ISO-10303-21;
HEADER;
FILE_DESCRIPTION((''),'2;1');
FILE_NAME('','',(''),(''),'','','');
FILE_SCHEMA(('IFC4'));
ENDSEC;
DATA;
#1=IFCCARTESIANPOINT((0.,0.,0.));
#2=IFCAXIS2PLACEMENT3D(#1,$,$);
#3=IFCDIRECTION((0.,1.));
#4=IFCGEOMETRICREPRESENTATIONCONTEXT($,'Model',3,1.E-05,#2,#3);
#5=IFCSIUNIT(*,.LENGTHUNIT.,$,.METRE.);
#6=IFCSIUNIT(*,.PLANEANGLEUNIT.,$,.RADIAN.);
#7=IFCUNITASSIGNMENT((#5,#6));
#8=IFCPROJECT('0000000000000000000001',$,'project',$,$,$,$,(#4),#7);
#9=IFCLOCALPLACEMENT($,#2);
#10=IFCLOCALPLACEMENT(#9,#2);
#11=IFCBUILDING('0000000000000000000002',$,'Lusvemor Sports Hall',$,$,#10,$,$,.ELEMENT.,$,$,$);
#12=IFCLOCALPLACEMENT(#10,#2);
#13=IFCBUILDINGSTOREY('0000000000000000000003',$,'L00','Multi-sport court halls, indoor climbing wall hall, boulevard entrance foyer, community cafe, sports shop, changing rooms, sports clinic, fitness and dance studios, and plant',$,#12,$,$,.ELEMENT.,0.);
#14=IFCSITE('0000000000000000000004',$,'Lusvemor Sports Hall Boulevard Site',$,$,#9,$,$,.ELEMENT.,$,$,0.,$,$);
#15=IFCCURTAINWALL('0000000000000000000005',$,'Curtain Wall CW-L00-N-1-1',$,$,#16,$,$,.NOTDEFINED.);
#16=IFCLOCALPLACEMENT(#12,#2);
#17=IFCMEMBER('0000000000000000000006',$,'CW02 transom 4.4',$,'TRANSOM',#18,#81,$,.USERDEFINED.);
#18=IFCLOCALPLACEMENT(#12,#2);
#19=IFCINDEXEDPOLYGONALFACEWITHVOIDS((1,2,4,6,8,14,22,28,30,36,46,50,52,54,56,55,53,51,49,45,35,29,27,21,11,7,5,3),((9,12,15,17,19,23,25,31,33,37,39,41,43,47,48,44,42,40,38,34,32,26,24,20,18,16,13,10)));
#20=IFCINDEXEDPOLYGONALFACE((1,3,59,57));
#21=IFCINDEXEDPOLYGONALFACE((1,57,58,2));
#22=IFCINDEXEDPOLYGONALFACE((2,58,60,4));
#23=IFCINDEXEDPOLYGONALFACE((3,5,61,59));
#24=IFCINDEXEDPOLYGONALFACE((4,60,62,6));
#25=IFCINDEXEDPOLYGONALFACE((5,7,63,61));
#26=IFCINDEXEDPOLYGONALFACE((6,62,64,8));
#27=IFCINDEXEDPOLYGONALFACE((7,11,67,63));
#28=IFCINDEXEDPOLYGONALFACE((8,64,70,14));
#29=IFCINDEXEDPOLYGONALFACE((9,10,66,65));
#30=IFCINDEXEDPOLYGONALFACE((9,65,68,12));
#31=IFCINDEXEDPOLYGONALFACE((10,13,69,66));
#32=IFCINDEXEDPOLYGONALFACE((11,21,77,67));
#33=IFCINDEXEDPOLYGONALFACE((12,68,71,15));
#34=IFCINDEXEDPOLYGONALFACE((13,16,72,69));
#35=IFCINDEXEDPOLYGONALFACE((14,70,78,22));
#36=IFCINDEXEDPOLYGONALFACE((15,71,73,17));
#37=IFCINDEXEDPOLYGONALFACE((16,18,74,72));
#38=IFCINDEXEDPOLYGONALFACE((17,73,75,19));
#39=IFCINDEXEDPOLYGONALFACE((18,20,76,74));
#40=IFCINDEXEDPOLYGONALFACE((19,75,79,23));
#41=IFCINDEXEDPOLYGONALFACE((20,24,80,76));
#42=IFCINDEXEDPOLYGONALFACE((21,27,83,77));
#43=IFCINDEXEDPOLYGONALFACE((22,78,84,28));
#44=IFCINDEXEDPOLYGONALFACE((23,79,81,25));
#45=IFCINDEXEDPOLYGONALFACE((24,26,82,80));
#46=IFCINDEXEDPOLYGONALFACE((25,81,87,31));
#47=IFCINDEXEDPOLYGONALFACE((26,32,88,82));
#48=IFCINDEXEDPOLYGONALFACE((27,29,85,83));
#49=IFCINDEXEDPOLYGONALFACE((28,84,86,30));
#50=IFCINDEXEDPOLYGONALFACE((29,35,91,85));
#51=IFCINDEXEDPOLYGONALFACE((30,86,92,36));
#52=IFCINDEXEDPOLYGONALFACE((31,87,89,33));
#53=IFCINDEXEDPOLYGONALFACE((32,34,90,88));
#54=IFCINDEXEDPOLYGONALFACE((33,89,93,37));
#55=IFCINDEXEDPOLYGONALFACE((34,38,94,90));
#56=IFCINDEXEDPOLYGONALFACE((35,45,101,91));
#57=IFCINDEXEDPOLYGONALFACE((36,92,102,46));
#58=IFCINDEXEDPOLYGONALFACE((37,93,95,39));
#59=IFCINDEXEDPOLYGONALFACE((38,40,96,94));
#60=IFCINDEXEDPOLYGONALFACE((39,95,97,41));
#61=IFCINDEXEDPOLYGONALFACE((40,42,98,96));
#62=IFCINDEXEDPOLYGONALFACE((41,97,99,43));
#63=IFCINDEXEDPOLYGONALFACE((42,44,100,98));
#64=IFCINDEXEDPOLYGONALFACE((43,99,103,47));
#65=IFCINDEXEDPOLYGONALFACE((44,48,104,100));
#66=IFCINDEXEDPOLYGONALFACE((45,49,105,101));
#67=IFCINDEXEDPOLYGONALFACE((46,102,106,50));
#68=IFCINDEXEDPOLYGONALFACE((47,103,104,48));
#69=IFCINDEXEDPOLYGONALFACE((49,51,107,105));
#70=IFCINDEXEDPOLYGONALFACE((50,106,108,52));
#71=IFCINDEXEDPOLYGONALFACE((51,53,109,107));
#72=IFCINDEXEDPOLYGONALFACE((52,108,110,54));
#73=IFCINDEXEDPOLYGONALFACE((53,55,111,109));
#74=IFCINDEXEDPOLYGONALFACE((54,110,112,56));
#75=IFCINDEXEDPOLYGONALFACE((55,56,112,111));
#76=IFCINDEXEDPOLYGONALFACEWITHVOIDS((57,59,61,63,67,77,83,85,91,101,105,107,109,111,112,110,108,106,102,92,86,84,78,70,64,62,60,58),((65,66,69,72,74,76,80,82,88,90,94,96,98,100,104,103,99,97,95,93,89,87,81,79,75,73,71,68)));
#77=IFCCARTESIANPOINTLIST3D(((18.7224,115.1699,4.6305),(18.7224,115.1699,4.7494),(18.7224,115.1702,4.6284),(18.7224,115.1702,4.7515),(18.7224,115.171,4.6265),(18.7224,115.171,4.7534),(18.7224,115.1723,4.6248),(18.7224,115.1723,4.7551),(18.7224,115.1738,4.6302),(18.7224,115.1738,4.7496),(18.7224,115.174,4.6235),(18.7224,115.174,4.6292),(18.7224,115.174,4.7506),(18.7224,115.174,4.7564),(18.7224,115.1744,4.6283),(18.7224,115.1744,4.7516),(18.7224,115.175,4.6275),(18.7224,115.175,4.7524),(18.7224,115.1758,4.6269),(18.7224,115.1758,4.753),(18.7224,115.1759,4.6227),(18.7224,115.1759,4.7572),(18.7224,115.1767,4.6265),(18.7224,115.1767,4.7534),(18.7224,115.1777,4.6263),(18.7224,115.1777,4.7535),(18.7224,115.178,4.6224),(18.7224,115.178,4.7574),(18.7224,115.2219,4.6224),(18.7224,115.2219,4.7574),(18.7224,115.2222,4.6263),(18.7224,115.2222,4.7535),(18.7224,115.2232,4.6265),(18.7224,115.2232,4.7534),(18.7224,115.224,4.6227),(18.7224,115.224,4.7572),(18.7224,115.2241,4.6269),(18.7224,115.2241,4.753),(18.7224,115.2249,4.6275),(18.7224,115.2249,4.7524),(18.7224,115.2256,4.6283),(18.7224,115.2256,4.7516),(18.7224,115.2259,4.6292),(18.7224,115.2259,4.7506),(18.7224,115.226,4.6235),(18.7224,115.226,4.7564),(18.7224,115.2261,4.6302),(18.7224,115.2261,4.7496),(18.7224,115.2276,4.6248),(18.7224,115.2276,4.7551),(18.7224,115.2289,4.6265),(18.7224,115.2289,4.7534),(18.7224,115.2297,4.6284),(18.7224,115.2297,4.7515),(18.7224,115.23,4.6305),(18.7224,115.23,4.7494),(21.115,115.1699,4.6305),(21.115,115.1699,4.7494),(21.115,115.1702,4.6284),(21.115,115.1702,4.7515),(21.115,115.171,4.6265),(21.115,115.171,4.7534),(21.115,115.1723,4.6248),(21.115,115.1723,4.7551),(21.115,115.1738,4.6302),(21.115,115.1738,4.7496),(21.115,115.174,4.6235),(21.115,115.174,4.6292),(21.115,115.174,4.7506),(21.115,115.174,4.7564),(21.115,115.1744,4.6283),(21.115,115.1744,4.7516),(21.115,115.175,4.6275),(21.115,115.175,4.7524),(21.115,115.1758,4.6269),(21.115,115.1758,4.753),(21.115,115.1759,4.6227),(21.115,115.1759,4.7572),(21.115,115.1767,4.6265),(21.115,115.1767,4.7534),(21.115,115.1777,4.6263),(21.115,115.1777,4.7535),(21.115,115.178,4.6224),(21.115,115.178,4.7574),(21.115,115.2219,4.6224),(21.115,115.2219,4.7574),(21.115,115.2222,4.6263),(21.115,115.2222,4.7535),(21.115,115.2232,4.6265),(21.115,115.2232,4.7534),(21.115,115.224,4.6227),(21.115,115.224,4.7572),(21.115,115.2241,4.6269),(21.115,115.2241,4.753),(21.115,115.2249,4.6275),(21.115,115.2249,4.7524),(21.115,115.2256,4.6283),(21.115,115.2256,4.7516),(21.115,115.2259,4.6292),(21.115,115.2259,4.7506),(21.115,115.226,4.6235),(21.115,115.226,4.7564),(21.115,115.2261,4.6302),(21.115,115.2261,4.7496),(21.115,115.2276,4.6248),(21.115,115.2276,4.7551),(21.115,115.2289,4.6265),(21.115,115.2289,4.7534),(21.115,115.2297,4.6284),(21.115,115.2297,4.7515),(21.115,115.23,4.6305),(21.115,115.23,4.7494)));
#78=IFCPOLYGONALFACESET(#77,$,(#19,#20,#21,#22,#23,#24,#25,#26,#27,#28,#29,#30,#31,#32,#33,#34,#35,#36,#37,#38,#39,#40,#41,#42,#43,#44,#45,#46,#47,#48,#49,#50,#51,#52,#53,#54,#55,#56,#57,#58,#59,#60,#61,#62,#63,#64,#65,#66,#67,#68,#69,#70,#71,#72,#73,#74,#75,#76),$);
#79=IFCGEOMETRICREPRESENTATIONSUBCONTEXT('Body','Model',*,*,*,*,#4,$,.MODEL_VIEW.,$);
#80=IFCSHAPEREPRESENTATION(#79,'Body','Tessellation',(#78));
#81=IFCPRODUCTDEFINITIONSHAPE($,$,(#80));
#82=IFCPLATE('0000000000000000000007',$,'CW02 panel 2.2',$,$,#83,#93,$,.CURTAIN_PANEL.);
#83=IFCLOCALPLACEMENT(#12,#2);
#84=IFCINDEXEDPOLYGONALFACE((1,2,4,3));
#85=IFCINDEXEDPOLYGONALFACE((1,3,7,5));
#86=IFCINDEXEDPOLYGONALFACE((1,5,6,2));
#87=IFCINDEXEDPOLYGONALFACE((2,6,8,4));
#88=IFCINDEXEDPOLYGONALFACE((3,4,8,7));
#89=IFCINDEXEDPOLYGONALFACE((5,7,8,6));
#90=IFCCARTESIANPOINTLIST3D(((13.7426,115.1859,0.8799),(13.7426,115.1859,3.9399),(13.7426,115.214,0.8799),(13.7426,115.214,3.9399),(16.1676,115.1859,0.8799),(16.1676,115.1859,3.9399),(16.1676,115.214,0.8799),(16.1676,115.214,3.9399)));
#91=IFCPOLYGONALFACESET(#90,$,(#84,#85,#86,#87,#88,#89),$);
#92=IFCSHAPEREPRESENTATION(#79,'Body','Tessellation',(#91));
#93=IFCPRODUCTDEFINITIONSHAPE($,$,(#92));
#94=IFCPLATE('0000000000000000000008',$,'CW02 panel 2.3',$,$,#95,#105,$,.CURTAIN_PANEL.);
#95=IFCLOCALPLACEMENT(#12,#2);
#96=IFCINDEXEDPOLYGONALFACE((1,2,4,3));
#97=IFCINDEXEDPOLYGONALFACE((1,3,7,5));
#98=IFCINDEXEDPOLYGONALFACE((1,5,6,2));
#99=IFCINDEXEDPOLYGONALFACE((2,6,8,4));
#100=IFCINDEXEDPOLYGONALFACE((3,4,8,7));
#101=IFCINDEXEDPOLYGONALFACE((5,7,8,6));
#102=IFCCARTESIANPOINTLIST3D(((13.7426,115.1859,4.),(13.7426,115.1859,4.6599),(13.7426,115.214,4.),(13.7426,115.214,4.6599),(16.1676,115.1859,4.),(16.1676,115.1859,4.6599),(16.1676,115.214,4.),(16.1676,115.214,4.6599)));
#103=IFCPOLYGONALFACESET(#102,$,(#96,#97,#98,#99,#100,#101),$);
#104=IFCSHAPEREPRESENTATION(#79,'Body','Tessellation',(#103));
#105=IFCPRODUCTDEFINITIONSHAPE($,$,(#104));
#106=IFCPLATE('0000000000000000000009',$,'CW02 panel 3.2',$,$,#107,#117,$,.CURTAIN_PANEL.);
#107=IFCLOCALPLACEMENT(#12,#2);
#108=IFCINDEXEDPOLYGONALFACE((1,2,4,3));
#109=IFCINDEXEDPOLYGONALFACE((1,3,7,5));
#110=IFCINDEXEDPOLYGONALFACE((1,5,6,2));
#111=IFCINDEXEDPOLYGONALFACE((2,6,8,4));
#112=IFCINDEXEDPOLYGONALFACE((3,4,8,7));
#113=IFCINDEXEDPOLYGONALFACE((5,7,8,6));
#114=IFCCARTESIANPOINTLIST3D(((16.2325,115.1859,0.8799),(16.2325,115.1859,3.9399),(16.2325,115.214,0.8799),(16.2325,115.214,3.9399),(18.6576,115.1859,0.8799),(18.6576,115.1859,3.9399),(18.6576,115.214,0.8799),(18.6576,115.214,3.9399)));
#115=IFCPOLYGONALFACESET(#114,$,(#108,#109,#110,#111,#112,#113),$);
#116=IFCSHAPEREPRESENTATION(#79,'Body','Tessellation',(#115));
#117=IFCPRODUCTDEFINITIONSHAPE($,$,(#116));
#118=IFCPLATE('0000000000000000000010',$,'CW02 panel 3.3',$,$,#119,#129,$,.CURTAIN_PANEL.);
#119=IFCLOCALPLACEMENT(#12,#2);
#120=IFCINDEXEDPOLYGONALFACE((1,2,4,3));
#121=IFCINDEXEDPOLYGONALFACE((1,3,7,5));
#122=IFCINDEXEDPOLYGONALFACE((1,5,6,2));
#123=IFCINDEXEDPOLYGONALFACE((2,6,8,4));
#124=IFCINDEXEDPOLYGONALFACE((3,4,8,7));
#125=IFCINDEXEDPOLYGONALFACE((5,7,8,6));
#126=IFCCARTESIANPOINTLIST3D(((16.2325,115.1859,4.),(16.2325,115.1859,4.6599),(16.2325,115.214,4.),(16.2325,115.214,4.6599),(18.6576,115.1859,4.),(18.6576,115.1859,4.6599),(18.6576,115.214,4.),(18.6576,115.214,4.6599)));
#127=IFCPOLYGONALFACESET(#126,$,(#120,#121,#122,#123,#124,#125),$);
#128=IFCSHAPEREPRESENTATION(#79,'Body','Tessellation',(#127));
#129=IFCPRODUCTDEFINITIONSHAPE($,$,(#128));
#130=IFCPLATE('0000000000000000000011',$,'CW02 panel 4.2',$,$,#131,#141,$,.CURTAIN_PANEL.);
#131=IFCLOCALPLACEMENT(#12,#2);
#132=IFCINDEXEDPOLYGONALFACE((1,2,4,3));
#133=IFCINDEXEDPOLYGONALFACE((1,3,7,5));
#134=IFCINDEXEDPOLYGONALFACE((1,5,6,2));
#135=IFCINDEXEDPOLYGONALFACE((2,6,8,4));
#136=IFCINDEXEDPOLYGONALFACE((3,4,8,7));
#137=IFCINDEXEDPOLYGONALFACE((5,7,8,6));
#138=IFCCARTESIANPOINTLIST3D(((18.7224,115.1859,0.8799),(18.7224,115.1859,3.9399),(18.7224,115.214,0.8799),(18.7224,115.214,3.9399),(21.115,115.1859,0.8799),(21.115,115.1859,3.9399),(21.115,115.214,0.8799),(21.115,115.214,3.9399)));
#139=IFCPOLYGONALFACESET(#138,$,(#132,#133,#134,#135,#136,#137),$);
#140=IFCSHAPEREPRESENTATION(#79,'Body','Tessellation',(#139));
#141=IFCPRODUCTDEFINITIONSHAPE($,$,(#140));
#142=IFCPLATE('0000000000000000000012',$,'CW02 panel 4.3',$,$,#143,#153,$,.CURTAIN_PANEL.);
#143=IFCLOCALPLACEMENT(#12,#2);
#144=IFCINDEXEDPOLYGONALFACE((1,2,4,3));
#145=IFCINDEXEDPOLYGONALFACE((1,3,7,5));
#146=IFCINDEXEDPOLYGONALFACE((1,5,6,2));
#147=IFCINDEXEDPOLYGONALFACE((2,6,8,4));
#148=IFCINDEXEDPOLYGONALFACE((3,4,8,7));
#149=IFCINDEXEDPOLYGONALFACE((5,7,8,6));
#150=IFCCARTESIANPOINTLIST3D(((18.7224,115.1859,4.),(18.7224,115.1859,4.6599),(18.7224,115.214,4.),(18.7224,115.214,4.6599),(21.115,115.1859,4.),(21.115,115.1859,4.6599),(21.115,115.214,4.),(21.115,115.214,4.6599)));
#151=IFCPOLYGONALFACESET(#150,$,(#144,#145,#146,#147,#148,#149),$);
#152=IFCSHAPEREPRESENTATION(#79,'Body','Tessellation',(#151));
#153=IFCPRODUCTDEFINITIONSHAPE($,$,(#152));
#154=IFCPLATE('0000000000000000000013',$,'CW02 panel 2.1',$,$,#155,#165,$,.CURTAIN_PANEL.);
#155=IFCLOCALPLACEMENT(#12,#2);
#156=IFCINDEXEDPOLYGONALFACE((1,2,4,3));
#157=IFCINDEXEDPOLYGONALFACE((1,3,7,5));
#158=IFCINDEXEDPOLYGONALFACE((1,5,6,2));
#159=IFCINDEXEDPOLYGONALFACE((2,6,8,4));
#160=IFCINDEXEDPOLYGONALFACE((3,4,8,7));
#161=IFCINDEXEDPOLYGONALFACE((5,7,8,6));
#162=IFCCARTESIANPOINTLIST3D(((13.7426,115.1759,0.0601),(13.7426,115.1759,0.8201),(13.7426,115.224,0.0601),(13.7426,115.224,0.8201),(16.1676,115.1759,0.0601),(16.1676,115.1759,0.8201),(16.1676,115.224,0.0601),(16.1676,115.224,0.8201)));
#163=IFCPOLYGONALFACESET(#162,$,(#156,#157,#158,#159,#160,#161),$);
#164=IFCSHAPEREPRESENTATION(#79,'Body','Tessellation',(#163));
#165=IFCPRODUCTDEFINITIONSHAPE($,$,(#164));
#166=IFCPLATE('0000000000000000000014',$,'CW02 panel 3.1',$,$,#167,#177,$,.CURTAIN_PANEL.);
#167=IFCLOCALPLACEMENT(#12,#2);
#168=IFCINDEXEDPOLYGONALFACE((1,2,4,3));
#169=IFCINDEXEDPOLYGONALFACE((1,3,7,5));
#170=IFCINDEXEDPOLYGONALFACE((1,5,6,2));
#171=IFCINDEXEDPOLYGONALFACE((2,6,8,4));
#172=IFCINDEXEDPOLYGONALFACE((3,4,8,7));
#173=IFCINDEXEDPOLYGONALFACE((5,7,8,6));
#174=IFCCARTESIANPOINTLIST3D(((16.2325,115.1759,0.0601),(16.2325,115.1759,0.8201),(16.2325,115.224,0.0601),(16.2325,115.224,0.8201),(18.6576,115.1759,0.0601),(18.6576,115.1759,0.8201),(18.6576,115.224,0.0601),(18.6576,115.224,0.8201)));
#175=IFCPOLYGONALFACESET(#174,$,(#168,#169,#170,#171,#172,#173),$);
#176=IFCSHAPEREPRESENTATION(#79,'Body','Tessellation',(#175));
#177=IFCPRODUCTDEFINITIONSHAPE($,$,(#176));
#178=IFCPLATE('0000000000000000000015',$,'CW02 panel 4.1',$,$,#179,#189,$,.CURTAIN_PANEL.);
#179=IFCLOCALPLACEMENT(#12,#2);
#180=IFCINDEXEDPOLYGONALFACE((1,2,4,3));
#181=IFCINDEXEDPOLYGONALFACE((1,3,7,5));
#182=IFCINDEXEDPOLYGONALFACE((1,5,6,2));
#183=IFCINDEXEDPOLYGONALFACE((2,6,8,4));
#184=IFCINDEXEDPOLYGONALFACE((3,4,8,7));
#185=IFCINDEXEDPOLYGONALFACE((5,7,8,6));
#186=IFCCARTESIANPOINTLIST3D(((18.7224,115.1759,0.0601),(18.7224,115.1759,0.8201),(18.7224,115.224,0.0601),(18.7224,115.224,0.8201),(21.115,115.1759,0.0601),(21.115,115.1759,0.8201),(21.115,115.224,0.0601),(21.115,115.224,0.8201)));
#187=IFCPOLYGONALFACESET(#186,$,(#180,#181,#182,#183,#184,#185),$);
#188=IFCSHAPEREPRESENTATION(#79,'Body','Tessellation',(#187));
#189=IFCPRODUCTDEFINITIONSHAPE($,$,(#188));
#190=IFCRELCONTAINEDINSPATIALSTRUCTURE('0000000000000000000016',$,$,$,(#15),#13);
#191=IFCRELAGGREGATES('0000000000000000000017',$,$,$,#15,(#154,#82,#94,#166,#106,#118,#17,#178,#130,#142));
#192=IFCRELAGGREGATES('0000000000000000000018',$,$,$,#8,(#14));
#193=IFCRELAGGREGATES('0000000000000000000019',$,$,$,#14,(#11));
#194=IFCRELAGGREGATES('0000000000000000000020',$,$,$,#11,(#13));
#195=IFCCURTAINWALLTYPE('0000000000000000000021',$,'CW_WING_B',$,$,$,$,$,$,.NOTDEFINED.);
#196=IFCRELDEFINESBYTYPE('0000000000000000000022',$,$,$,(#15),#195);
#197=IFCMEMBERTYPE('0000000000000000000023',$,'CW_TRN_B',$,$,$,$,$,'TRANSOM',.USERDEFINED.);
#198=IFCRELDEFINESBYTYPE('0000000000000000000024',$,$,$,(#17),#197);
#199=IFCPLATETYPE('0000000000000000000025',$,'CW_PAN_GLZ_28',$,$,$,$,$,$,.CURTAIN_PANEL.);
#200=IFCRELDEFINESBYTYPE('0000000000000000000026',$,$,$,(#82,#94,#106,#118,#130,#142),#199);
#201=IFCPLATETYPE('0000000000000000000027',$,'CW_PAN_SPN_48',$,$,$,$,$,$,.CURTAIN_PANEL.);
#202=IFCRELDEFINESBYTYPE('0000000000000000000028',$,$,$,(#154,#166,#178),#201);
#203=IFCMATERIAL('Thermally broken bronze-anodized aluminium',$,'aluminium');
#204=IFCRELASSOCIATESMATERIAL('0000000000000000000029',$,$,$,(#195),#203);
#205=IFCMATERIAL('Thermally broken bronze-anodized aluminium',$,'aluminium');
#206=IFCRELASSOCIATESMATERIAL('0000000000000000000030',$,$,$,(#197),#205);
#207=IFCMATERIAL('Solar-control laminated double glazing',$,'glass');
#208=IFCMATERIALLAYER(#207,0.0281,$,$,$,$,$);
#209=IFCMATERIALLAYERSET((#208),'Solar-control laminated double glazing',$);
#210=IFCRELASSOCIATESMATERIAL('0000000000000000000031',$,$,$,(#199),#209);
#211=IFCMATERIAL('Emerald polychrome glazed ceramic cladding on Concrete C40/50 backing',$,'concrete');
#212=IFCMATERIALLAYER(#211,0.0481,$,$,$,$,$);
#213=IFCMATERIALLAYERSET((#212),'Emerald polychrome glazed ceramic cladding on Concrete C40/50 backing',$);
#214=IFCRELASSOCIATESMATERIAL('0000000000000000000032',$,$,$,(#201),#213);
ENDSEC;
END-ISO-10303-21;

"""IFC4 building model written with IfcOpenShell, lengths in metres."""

from ifc_helpers import new_model, si_unit, direction, frame, origin, origin_2d, place, context, subcontext, project, spatial, rectangle, hollow_rectangle, extrude, material, layer, layer_set, material_profile, profile_set, type_object, element, aggregate, save


model = new_model("IFC4")

# Units and contexts
model_context = context("Model", 3, precision=1e-05, world=origin(), true_north=direction((0.0, 1.0)))
body_context = subcontext(model_context, "Body", "Model", "MODEL_VIEW")
ifc_project = project(units=[si_unit("LENGTHUNIT", "METRE"), si_unit("PLANEANGLEUNIT", "RADIAN")], contexts=[model_context])

# Site, building, storey
site_placement = place(None, origin())
site = spatial("IfcSite", under=ifc_project, at=site_placement, Name="Lusvemor Sports Hall Boulevard Site", CompositionType="ELEMENT", RefElevation=0.0)
building_placement = place(site_placement, origin())
building = spatial("IfcBuilding", under=site, at=building_placement, Name="Lusvemor Sports Hall", CompositionType="ELEMENT")
storey_placement = place(building_placement, origin())
storey = spatial("IfcBuildingStorey", under=building, at=storey_placement, Name="L00", Description="Multi-sport court halls, indoor climbing wall hall, boulevard entrance foyer, community cafe, sports shop, changing rooms, sports clinic, fitness and dance studios, and plant", CompositionType="ELEMENT", Elevation=0.0)

# Curtain wall, member, plates
ifc_material_1 = material(Name="Thermally broken bronze-anodized aluminium", Category="aluminium")
curtain_wall_type = type_object("IfcCurtainWallType", Name="CW_WING_B", PredefinedType="NOTDEFINED", material=ifc_material_1)
curtain_wall_placement = place(storey_placement, origin())
curtain_wall = element("IfcCurtainWall", 1, at=curtain_wall_placement, inside=storey, type_object=curtain_wall_type, Name="Curtain Wall CW-L00-N-1-1", PredefinedType="NOTDEFINED")
ifc_material_2 = material(Name="Thermally broken bronze-anodized aluminium", Category="aluminium")
ifc_material_profile_1 = material_profile(ifc_material_2, hollow_rectangle(XDim=0.0601, YDim=0.135, WallThickness=0.0039, InnerFilletRadius=0.0039, OuterFilletRadius=0.0081, at=origin_2d()), Name="CWTRN135x60x4")
ifc_profile_set_1 = profile_set([ifc_material_profile_1], Name="Thermally broken bronze-anodized aluminium")
member_type_1 = type_object("IfcMemberType", Name="CW_TRN_B", ElementType="TRANSOM", PredefinedType="USERDEFINED", material=ifc_profile_set_1)
member_1_placement = place(storey_placement, frame((18.7224, 115.2, 4.6899), z_axis=(1.0, 0.0, 0.0), x_axis=(0.0, 1.0, 0.0)))
member_1 = element("IfcMember", 2, at=member_1_placement, type_object=member_type_1, Name="CW02 transom 4.4", ObjectType="TRANSOM", PredefinedType="USERDEFINED", context=body_context, shape_type="SweptSolid", body=[
    extrude(hollow_rectangle(XDim=0.0601, YDim=0.135, WallThickness=0.0039, InnerFilletRadius=0.0039, OuterFilletRadius=0.0081, at=origin_2d()), origin(), (0.0, 0.0, 1.0), 2.3926),
])
ifc_material_3 = material(Name="Solar-control laminated double glazing", Category="glass")
ifc_layer_1 = layer(ifc_material_3, 0.0281)
ifc_layer_set_1 = layer_set([ifc_layer_1], Name="Solar-control laminated double glazing")
plate_type_1 = type_object("IfcPlateType", Name="CW_PAN_GLZ_28", PredefinedType="CURTAIN_PANEL", material=ifc_layer_set_1)
plate_1_placement = place(storey_placement, frame((14.9551, 115.2, 0.8799), z_axis=(0.0, 0.0, 1.0), x_axis=(1.0, 0.0, 0.0)))
plate_1 = element("IfcPlate", 3, at=plate_1_placement, type_object=plate_type_1, Name="CW02 panel 2.2", PredefinedType="CURTAIN_PANEL", context=body_context, shape_type="SweptSolid", body=[
    extrude(rectangle(XDim=2.425, YDim=0.0281, at=origin_2d()), origin(), (0.0, 0.0, 1.0), 3.0601),
])
plate_2_placement = place(storey_placement, frame((14.9551, 115.2, 4.0), z_axis=(0.0, 0.0, 1.0), x_axis=(1.0, 0.0, 0.0)))
plate_2 = element("IfcPlate", 4, at=plate_2_placement, type_object=plate_type_1, Name="CW02 panel 2.3", PredefinedType="CURTAIN_PANEL", context=body_context, shape_type="SweptSolid", body=[
    extrude(rectangle(XDim=2.425, YDim=0.0281, at=origin_2d()), origin(), (0.0, 0.0, 1.0), 0.6599),
])
plate_3_placement = place(storey_placement, frame((17.4451, 115.2, 0.8799), z_axis=(0.0, 0.0, 1.0), x_axis=(1.0, 0.0, 0.0)))
plate_3 = element("IfcPlate", 5, at=plate_3_placement, type_object=plate_type_1, Name="CW02 panel 3.2", PredefinedType="CURTAIN_PANEL", context=body_context, shape_type="SweptSolid", body=[
    extrude(rectangle(XDim=2.425, YDim=0.0281, at=origin_2d()), origin(), (0.0, 0.0, 1.0), 3.0601),
])
plate_4_placement = place(storey_placement, frame((17.4451, 115.2, 4.0), z_axis=(0.0, 0.0, 1.0), x_axis=(1.0, 0.0, 0.0)))
plate_4 = element("IfcPlate", 6, at=plate_4_placement, type_object=plate_type_1, Name="CW02 panel 3.3", PredefinedType="CURTAIN_PANEL", context=body_context, shape_type="SweptSolid", body=[
    extrude(rectangle(XDim=2.425, YDim=0.0281, at=origin_2d()), origin(), (0.0, 0.0, 1.0), 0.6599),
])
plate_5_placement = place(storey_placement, frame((19.9187, 115.2, 0.8799), z_axis=(0.0, 0.0, 1.0), x_axis=(1.0, 0.0, 0.0)))
plate_5 = element("IfcPlate", 7, at=plate_5_placement, type_object=plate_type_1, Name="CW02 panel 4.2", PredefinedType="CURTAIN_PANEL", context=body_context, shape_type="SweptSolid", body=[
    extrude(rectangle(XDim=2.3926, YDim=0.0281, at=origin_2d()), origin(), (0.0, 0.0, 1.0), 3.0601),
])
plate_6_placement = place(storey_placement, frame((19.9187, 115.2, 4.0), z_axis=(0.0, 0.0, 1.0), x_axis=(1.0, 0.0, 0.0)))
plate_6 = element("IfcPlate", 8, at=plate_6_placement, type_object=plate_type_1, Name="CW02 panel 4.3", PredefinedType="CURTAIN_PANEL", context=body_context, shape_type="SweptSolid", body=[
    extrude(rectangle(XDim=2.3926, YDim=0.0281, at=origin_2d()), origin(), (0.0, 0.0, 1.0), 0.6599),
])
ifc_material_4 = material(Name="Emerald polychrome glazed ceramic cladding on Concrete C40/50 backing", Category="concrete")
ifc_layer_2 = layer(ifc_material_4, 0.0481)
ifc_layer_set_2 = layer_set([ifc_layer_2], Name="Emerald polychrome glazed ceramic cladding on Concrete C40/50 backing")
plate_type_2 = type_object("IfcPlateType", Name="CW_PAN_SPN_48", PredefinedType="CURTAIN_PANEL", material=ifc_layer_set_2)
plate_7_placement = place(storey_placement, frame((14.9551, 115.2, 0.0601), z_axis=(0.0, 0.0, 1.0), x_axis=(1.0, 0.0, 0.0)))
plate_7 = element("IfcPlate", 9, at=plate_7_placement, type_object=plate_type_2, Name="CW02 panel 2.1", PredefinedType="CURTAIN_PANEL", context=body_context, shape_type="SweptSolid", body=[
    extrude(rectangle(XDim=2.425, YDim=0.0481, at=origin_2d()), origin(), (0.0, 0.0, 1.0), 0.76),
])
plate_8_placement = place(storey_placement, frame((17.4451, 115.2, 0.0601), z_axis=(0.0, 0.0, 1.0), x_axis=(1.0, 0.0, 0.0)))
plate_8 = element("IfcPlate", 10, at=plate_8_placement, type_object=plate_type_2, Name="CW02 panel 3.1", PredefinedType="CURTAIN_PANEL", context=body_context, shape_type="SweptSolid", body=[
    extrude(rectangle(XDim=2.425, YDim=0.0481, at=origin_2d()), origin(), (0.0, 0.0, 1.0), 0.76),
])
plate_9_placement = place(storey_placement, frame((19.9187, 115.2, 0.0601), z_axis=(0.0, 0.0, 1.0), x_axis=(1.0, 0.0, 0.0)))
plate_9 = element("IfcPlate", 11, at=plate_9_placement, type_object=plate_type_2, Name="CW02 panel 4.1", PredefinedType="CURTAIN_PANEL", context=body_context, shape_type="SweptSolid", body=[
    extrude(rectangle(XDim=2.3926, YDim=0.0481, at=origin_2d()), origin(), (0.0, 0.0, 1.0), 0.76),
])
aggregate(curtain_wall, [plate_7, plate_1, plate_2, plate_8, plate_3, plate_4, member_1, plate_9, plate_5, plate_6])

save(model, "model.ifc")
